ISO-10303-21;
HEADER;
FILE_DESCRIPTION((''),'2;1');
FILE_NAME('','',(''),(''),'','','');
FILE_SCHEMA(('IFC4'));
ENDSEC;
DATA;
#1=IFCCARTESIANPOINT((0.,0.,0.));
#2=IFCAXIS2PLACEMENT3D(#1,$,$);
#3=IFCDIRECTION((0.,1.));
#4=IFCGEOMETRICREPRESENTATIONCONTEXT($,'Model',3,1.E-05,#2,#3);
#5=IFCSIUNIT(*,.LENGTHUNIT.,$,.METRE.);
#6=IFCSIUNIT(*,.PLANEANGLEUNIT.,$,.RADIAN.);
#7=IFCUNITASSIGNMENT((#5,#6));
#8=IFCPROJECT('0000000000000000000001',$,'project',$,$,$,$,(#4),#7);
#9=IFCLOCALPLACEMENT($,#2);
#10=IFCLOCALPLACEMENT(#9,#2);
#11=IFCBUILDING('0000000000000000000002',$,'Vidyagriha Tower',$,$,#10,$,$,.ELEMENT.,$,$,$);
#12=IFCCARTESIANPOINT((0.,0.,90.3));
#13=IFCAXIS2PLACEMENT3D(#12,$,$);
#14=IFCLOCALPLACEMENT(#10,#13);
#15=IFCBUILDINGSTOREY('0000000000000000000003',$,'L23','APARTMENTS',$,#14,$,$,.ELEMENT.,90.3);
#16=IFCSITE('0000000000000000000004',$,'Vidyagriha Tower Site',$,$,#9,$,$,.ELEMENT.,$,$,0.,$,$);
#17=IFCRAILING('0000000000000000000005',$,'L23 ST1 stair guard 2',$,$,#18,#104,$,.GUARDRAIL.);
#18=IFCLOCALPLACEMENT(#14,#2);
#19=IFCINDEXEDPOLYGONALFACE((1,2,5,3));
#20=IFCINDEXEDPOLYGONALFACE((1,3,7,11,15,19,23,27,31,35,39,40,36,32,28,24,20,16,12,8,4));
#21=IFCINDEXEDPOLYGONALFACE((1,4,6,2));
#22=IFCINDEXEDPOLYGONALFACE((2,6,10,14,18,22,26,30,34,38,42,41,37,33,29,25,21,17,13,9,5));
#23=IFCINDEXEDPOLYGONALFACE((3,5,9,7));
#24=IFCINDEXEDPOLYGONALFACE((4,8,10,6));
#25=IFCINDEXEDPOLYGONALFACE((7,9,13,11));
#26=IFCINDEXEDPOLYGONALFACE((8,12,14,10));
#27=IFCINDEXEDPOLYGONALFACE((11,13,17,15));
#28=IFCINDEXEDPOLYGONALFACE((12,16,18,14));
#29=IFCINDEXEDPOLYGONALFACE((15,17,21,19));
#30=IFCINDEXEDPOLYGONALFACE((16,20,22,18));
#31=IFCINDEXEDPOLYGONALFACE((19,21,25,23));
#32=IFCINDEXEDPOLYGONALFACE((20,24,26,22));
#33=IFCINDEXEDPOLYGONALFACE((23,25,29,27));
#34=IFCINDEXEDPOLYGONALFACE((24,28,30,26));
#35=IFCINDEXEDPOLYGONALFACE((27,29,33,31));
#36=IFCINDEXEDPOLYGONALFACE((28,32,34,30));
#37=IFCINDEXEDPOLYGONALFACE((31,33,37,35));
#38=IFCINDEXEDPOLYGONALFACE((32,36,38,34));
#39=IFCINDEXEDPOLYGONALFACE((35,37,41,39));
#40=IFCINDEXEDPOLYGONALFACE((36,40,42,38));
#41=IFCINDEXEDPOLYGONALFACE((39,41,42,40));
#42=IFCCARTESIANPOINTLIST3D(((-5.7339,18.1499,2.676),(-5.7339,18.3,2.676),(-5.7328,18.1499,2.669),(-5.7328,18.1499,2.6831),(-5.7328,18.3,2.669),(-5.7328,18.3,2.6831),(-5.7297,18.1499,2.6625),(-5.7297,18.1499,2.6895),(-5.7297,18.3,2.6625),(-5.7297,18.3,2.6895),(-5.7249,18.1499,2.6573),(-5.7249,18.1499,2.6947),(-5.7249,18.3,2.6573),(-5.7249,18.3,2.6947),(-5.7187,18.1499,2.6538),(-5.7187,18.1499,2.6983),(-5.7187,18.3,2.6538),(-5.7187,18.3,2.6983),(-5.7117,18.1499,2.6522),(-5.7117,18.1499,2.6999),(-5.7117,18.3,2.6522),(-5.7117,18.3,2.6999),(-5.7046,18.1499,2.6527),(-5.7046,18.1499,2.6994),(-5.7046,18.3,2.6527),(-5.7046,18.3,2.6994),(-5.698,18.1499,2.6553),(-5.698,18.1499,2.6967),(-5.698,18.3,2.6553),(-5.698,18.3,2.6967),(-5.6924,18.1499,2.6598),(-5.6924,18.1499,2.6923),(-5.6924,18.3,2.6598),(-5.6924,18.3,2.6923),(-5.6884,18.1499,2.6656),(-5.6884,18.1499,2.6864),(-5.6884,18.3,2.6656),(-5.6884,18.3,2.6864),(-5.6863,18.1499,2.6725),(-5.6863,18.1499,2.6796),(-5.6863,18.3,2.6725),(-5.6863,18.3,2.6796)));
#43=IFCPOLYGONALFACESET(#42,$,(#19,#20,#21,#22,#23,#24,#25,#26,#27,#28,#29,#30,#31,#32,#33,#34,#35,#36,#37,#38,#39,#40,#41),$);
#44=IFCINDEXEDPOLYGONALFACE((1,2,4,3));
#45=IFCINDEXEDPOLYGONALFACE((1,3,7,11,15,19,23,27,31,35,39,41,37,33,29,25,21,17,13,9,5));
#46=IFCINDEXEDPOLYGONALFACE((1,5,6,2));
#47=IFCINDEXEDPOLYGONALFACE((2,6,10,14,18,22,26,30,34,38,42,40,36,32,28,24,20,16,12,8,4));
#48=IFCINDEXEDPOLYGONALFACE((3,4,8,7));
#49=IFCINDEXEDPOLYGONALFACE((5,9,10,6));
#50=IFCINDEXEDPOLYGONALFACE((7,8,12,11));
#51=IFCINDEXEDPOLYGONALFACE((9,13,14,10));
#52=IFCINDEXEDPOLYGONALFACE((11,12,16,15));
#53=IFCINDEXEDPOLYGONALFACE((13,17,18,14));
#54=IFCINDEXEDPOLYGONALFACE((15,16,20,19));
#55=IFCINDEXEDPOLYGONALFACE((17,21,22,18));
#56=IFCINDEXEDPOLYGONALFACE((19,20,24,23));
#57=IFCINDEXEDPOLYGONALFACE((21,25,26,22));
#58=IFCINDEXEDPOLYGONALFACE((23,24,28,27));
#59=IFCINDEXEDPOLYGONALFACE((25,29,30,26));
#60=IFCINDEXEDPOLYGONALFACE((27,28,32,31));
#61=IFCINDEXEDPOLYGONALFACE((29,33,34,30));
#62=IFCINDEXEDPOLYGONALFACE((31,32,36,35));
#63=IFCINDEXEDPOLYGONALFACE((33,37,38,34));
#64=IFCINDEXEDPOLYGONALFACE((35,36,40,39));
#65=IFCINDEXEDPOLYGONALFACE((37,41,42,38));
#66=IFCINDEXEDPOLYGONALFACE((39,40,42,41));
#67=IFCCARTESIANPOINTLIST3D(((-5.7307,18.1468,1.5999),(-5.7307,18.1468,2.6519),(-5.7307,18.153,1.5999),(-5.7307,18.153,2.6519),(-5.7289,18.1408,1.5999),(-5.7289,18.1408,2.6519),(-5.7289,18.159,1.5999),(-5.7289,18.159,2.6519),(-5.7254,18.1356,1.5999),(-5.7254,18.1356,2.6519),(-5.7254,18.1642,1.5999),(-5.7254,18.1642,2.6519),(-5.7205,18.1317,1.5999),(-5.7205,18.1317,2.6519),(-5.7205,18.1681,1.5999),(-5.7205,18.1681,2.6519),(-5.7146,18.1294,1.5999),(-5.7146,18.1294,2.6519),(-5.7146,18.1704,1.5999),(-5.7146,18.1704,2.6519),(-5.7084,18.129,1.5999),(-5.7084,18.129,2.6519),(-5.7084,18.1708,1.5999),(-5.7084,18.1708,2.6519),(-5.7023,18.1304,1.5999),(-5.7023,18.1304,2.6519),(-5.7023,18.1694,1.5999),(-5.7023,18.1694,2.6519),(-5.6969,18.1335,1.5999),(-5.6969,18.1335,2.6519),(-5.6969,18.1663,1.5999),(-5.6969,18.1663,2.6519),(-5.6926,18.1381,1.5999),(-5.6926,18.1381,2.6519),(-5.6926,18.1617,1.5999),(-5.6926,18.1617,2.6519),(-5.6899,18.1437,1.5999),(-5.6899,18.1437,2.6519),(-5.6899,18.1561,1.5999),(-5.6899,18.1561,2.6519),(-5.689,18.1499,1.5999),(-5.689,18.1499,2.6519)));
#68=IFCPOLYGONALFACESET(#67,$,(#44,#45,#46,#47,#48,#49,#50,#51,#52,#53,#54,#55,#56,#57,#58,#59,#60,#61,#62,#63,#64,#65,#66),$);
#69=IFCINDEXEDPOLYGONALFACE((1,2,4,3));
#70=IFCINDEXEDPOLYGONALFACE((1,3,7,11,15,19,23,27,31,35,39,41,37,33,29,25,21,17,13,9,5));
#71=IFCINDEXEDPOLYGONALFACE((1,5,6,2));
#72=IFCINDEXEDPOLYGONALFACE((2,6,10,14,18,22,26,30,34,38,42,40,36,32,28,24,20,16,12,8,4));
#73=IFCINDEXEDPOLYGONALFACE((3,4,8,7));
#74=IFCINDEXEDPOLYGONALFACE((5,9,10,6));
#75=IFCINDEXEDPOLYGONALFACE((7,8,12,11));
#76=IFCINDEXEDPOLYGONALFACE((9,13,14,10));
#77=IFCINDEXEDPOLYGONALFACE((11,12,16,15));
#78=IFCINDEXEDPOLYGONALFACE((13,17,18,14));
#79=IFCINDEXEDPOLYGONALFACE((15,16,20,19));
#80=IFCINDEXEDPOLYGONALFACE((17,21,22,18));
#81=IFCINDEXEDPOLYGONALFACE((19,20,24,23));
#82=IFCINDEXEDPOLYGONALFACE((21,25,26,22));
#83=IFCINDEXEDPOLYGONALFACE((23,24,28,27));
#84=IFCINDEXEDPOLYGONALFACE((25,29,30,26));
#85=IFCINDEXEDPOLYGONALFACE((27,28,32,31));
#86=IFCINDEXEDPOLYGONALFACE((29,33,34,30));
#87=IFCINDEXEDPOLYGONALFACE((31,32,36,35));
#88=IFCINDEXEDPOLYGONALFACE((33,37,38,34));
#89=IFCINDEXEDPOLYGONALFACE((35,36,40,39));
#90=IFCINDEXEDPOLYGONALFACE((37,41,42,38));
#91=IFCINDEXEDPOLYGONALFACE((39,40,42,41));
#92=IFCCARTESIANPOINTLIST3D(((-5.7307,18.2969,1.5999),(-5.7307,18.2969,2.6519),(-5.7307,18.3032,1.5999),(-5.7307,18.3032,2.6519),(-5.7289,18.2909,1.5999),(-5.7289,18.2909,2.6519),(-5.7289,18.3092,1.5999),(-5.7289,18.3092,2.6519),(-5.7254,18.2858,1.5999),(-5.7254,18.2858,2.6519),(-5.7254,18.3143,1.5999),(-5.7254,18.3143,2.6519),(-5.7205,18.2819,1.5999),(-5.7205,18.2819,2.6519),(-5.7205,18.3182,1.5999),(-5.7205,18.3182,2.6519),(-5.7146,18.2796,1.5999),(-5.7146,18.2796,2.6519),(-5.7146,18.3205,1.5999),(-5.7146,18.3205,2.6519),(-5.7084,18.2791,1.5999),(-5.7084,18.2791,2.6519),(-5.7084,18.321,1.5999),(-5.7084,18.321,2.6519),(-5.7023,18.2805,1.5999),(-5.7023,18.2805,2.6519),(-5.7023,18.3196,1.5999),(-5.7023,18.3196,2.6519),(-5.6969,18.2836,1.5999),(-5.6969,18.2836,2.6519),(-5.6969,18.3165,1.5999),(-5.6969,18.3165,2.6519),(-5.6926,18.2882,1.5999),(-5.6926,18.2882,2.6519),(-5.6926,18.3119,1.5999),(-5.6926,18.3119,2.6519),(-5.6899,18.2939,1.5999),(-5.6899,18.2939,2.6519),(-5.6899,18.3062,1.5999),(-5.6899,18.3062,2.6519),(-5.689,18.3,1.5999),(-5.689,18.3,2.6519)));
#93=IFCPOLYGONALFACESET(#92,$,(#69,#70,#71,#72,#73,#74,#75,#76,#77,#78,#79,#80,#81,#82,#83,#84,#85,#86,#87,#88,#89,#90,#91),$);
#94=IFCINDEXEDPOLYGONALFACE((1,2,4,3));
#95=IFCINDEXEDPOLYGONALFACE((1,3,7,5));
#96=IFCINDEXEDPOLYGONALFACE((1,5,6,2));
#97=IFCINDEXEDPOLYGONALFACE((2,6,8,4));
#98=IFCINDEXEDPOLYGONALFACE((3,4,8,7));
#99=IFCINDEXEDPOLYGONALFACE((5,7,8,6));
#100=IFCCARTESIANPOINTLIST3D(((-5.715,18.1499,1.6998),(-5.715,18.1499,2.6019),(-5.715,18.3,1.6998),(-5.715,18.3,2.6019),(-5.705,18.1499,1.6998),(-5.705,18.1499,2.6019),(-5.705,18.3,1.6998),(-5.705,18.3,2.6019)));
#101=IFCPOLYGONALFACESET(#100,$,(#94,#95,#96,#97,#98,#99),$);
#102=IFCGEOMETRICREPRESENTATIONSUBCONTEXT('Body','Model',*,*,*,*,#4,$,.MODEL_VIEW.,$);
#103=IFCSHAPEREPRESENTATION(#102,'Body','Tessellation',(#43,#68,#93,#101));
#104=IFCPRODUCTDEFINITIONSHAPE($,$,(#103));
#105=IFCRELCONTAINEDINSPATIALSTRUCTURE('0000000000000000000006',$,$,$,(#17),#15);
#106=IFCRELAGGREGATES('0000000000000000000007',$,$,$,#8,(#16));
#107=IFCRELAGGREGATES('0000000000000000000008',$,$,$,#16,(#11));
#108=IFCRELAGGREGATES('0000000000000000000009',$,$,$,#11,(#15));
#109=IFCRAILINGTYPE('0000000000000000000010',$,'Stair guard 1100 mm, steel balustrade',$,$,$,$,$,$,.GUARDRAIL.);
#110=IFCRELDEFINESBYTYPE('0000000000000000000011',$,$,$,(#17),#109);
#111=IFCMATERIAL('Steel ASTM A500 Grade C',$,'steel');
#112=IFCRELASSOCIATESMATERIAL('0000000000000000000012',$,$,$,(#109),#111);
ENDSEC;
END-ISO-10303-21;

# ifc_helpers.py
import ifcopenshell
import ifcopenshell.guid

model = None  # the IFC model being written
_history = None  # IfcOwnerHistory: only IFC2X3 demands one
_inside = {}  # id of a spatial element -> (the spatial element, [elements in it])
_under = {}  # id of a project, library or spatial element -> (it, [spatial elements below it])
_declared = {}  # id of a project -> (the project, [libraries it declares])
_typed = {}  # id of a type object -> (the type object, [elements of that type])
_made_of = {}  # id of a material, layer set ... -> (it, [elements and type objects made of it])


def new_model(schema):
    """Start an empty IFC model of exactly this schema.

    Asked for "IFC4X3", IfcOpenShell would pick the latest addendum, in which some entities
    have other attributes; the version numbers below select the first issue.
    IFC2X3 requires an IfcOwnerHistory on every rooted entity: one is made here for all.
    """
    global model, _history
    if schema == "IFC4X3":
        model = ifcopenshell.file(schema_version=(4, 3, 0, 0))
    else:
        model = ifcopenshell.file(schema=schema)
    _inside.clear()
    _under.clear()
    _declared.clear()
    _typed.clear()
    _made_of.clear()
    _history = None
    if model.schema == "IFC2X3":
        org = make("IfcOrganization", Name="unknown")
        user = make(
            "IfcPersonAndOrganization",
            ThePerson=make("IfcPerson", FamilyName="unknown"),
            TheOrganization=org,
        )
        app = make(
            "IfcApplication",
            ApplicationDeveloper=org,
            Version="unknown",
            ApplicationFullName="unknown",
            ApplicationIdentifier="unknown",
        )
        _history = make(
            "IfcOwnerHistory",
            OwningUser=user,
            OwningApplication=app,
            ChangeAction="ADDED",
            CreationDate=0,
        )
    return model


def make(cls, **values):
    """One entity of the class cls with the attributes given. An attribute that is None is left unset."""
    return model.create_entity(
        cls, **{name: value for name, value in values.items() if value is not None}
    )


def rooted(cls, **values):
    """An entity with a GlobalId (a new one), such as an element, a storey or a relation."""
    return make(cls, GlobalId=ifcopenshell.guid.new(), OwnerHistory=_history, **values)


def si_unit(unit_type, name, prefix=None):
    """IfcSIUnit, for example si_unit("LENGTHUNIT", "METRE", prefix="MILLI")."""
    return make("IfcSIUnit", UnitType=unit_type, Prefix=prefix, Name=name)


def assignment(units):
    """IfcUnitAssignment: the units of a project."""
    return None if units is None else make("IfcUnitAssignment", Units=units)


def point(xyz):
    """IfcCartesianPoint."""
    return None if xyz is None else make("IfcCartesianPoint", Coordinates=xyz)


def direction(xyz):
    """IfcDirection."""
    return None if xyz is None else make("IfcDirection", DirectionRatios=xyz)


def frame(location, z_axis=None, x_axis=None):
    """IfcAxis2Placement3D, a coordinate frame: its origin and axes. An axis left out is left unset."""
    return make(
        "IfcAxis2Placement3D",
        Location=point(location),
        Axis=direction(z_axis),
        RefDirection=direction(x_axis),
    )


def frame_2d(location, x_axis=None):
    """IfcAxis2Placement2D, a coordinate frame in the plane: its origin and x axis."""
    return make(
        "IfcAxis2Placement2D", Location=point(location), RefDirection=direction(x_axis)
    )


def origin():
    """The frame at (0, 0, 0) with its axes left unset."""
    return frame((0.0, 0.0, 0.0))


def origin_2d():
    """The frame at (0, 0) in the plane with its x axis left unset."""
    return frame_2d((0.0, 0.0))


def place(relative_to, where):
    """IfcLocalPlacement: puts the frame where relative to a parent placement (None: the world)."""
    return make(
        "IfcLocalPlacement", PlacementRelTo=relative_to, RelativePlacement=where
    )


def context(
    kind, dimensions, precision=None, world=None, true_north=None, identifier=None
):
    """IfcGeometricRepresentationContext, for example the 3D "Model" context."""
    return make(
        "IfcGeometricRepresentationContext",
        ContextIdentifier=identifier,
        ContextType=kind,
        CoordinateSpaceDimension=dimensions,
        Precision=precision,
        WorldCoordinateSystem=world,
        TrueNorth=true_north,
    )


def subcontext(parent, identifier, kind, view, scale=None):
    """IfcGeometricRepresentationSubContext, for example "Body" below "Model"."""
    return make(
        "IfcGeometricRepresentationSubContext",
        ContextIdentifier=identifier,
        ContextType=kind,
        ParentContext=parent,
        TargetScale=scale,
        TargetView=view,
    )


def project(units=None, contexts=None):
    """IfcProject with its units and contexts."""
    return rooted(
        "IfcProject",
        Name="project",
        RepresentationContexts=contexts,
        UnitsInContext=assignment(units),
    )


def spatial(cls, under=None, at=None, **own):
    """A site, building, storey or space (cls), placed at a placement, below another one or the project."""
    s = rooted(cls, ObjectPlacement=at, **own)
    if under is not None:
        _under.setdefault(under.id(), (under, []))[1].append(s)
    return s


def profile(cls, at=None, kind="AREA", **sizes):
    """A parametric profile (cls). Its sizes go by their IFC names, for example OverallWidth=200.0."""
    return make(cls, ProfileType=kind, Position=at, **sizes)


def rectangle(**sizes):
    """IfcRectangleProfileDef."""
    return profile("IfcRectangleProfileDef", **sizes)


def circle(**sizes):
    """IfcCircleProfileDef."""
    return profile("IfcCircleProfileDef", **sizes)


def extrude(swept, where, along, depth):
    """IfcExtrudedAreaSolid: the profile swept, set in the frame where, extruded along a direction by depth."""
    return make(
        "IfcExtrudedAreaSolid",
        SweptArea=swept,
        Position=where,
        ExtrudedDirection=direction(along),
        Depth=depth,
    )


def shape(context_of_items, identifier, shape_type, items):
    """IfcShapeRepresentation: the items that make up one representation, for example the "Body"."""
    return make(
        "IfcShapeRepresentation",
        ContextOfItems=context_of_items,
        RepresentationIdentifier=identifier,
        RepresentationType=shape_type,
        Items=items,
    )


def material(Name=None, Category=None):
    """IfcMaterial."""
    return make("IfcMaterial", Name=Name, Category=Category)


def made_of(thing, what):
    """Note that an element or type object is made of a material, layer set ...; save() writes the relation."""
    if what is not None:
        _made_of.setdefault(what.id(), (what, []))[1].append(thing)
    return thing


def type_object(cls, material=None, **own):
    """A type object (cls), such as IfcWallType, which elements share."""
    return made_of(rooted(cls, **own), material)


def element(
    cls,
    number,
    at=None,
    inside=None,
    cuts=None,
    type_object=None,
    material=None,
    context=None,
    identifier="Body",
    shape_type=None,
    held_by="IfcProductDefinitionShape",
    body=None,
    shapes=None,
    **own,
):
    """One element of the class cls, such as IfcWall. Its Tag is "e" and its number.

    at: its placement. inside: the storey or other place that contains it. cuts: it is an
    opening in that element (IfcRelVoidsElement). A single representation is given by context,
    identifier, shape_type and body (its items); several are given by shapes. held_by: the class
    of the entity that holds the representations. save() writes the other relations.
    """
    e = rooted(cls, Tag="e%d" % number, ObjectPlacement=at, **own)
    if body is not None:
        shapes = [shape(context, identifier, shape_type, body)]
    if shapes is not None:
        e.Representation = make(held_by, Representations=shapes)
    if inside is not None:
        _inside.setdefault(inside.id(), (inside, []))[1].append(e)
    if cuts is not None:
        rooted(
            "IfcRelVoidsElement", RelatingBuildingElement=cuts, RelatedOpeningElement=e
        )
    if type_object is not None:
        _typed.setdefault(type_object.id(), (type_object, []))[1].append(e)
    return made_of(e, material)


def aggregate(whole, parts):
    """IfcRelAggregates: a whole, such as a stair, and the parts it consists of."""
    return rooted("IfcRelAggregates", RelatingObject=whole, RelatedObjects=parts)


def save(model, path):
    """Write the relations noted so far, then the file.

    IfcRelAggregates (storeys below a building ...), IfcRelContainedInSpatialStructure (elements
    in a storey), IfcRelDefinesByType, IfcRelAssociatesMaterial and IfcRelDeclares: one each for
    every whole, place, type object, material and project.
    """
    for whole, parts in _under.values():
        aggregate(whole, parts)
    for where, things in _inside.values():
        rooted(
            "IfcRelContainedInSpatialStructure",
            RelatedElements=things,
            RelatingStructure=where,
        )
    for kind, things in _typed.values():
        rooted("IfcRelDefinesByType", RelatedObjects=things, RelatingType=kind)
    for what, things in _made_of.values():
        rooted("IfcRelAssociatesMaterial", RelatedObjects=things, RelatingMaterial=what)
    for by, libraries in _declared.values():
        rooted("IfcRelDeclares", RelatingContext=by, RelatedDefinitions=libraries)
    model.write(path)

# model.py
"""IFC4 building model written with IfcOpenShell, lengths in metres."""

from ifc_helpers import new_model, si_unit, direction, frame, origin, origin_2d, place, context, subcontext, project, spatial, rectangle, circle, extrude, material, type_object, element, save


model = new_model("IFC4")

# Units and contexts
model_context = context("Model", 3, precision=1e-05, world=origin(), true_north=direction((0.0, 1.0)))
body_context = subcontext(model_context, "Body", "Model", "MODEL_VIEW")
ifc_project = project(units=[si_unit("LENGTHUNIT", "METRE"), si_unit("PLANEANGLEUNIT", "RADIAN")], contexts=[model_context])

# Site, building, storey
site_placement = place(None, origin())
site = spatial("IfcSite", under=ifc_project, at=site_placement, Name="Vidyagriha Tower Site", CompositionType="ELEMENT", RefElevation=0.0)
building_placement = place(site_placement, origin())
building = spatial("IfcBuilding", under=site, at=building_placement, Name="Vidyagriha Tower", CompositionType="ELEMENT")
storey_placement = place(building_placement, frame((0.0, 0.0, 90.3)))
storey = spatial("IfcBuildingStorey", under=building, at=storey_placement, Name="L23", Description="APARTMENTS", CompositionType="ELEMENT", Elevation=90.3)

# Railing
ifc_material_1 = material(Name="Steel ASTM A500 Grade C", Category="steel")
railing_type_1 = type_object("IfcRailingType", Name="Stair guard 1100 mm, steel balustrade", PredefinedType="GUARDRAIL", material=ifc_material_1)
railing_1_placement = place(storey_placement, frame((-5.71, 18.1499, 1.5999)))
element("IfcRailing", 1, at=railing_1_placement, inside=storey, type_object=railing_type_1, Name="L23 ST1 stair guard 2", PredefinedType="GUARDRAIL", context=body_context, shape_type="SweptSolid", body=[
    extrude(circle(Radius=0.0239, at=origin_2d()), frame((0.0, 0.0, 1.0762), z_axis=(0.0, 1.0, 0.0), x_axis=(-1.0, 0.0, 0.0)), (0.0, 0.0, 1.0), 0.1501),
    extrude(circle(Radius=0.021, at=origin_2d()), origin(), (0.0, 0.0, 1.0), 1.052),
    extrude(circle(Radius=0.021, at=origin_2d()), frame((0.0, 0.1501, 0.0)), (0.0, 0.0, 1.0), 1.052),
    extrude(rectangle(XDim=0.01, YDim=0.9021, at=origin_2d()), frame((0.0, 0.0, 0.551), z_axis=(0.0, 1.0, 0.0), x_axis=(-1.0, 0.0, 0.0)), (0.0, 0.0, 1.0), 0.1501),
])

save(model, "model.ifc")
